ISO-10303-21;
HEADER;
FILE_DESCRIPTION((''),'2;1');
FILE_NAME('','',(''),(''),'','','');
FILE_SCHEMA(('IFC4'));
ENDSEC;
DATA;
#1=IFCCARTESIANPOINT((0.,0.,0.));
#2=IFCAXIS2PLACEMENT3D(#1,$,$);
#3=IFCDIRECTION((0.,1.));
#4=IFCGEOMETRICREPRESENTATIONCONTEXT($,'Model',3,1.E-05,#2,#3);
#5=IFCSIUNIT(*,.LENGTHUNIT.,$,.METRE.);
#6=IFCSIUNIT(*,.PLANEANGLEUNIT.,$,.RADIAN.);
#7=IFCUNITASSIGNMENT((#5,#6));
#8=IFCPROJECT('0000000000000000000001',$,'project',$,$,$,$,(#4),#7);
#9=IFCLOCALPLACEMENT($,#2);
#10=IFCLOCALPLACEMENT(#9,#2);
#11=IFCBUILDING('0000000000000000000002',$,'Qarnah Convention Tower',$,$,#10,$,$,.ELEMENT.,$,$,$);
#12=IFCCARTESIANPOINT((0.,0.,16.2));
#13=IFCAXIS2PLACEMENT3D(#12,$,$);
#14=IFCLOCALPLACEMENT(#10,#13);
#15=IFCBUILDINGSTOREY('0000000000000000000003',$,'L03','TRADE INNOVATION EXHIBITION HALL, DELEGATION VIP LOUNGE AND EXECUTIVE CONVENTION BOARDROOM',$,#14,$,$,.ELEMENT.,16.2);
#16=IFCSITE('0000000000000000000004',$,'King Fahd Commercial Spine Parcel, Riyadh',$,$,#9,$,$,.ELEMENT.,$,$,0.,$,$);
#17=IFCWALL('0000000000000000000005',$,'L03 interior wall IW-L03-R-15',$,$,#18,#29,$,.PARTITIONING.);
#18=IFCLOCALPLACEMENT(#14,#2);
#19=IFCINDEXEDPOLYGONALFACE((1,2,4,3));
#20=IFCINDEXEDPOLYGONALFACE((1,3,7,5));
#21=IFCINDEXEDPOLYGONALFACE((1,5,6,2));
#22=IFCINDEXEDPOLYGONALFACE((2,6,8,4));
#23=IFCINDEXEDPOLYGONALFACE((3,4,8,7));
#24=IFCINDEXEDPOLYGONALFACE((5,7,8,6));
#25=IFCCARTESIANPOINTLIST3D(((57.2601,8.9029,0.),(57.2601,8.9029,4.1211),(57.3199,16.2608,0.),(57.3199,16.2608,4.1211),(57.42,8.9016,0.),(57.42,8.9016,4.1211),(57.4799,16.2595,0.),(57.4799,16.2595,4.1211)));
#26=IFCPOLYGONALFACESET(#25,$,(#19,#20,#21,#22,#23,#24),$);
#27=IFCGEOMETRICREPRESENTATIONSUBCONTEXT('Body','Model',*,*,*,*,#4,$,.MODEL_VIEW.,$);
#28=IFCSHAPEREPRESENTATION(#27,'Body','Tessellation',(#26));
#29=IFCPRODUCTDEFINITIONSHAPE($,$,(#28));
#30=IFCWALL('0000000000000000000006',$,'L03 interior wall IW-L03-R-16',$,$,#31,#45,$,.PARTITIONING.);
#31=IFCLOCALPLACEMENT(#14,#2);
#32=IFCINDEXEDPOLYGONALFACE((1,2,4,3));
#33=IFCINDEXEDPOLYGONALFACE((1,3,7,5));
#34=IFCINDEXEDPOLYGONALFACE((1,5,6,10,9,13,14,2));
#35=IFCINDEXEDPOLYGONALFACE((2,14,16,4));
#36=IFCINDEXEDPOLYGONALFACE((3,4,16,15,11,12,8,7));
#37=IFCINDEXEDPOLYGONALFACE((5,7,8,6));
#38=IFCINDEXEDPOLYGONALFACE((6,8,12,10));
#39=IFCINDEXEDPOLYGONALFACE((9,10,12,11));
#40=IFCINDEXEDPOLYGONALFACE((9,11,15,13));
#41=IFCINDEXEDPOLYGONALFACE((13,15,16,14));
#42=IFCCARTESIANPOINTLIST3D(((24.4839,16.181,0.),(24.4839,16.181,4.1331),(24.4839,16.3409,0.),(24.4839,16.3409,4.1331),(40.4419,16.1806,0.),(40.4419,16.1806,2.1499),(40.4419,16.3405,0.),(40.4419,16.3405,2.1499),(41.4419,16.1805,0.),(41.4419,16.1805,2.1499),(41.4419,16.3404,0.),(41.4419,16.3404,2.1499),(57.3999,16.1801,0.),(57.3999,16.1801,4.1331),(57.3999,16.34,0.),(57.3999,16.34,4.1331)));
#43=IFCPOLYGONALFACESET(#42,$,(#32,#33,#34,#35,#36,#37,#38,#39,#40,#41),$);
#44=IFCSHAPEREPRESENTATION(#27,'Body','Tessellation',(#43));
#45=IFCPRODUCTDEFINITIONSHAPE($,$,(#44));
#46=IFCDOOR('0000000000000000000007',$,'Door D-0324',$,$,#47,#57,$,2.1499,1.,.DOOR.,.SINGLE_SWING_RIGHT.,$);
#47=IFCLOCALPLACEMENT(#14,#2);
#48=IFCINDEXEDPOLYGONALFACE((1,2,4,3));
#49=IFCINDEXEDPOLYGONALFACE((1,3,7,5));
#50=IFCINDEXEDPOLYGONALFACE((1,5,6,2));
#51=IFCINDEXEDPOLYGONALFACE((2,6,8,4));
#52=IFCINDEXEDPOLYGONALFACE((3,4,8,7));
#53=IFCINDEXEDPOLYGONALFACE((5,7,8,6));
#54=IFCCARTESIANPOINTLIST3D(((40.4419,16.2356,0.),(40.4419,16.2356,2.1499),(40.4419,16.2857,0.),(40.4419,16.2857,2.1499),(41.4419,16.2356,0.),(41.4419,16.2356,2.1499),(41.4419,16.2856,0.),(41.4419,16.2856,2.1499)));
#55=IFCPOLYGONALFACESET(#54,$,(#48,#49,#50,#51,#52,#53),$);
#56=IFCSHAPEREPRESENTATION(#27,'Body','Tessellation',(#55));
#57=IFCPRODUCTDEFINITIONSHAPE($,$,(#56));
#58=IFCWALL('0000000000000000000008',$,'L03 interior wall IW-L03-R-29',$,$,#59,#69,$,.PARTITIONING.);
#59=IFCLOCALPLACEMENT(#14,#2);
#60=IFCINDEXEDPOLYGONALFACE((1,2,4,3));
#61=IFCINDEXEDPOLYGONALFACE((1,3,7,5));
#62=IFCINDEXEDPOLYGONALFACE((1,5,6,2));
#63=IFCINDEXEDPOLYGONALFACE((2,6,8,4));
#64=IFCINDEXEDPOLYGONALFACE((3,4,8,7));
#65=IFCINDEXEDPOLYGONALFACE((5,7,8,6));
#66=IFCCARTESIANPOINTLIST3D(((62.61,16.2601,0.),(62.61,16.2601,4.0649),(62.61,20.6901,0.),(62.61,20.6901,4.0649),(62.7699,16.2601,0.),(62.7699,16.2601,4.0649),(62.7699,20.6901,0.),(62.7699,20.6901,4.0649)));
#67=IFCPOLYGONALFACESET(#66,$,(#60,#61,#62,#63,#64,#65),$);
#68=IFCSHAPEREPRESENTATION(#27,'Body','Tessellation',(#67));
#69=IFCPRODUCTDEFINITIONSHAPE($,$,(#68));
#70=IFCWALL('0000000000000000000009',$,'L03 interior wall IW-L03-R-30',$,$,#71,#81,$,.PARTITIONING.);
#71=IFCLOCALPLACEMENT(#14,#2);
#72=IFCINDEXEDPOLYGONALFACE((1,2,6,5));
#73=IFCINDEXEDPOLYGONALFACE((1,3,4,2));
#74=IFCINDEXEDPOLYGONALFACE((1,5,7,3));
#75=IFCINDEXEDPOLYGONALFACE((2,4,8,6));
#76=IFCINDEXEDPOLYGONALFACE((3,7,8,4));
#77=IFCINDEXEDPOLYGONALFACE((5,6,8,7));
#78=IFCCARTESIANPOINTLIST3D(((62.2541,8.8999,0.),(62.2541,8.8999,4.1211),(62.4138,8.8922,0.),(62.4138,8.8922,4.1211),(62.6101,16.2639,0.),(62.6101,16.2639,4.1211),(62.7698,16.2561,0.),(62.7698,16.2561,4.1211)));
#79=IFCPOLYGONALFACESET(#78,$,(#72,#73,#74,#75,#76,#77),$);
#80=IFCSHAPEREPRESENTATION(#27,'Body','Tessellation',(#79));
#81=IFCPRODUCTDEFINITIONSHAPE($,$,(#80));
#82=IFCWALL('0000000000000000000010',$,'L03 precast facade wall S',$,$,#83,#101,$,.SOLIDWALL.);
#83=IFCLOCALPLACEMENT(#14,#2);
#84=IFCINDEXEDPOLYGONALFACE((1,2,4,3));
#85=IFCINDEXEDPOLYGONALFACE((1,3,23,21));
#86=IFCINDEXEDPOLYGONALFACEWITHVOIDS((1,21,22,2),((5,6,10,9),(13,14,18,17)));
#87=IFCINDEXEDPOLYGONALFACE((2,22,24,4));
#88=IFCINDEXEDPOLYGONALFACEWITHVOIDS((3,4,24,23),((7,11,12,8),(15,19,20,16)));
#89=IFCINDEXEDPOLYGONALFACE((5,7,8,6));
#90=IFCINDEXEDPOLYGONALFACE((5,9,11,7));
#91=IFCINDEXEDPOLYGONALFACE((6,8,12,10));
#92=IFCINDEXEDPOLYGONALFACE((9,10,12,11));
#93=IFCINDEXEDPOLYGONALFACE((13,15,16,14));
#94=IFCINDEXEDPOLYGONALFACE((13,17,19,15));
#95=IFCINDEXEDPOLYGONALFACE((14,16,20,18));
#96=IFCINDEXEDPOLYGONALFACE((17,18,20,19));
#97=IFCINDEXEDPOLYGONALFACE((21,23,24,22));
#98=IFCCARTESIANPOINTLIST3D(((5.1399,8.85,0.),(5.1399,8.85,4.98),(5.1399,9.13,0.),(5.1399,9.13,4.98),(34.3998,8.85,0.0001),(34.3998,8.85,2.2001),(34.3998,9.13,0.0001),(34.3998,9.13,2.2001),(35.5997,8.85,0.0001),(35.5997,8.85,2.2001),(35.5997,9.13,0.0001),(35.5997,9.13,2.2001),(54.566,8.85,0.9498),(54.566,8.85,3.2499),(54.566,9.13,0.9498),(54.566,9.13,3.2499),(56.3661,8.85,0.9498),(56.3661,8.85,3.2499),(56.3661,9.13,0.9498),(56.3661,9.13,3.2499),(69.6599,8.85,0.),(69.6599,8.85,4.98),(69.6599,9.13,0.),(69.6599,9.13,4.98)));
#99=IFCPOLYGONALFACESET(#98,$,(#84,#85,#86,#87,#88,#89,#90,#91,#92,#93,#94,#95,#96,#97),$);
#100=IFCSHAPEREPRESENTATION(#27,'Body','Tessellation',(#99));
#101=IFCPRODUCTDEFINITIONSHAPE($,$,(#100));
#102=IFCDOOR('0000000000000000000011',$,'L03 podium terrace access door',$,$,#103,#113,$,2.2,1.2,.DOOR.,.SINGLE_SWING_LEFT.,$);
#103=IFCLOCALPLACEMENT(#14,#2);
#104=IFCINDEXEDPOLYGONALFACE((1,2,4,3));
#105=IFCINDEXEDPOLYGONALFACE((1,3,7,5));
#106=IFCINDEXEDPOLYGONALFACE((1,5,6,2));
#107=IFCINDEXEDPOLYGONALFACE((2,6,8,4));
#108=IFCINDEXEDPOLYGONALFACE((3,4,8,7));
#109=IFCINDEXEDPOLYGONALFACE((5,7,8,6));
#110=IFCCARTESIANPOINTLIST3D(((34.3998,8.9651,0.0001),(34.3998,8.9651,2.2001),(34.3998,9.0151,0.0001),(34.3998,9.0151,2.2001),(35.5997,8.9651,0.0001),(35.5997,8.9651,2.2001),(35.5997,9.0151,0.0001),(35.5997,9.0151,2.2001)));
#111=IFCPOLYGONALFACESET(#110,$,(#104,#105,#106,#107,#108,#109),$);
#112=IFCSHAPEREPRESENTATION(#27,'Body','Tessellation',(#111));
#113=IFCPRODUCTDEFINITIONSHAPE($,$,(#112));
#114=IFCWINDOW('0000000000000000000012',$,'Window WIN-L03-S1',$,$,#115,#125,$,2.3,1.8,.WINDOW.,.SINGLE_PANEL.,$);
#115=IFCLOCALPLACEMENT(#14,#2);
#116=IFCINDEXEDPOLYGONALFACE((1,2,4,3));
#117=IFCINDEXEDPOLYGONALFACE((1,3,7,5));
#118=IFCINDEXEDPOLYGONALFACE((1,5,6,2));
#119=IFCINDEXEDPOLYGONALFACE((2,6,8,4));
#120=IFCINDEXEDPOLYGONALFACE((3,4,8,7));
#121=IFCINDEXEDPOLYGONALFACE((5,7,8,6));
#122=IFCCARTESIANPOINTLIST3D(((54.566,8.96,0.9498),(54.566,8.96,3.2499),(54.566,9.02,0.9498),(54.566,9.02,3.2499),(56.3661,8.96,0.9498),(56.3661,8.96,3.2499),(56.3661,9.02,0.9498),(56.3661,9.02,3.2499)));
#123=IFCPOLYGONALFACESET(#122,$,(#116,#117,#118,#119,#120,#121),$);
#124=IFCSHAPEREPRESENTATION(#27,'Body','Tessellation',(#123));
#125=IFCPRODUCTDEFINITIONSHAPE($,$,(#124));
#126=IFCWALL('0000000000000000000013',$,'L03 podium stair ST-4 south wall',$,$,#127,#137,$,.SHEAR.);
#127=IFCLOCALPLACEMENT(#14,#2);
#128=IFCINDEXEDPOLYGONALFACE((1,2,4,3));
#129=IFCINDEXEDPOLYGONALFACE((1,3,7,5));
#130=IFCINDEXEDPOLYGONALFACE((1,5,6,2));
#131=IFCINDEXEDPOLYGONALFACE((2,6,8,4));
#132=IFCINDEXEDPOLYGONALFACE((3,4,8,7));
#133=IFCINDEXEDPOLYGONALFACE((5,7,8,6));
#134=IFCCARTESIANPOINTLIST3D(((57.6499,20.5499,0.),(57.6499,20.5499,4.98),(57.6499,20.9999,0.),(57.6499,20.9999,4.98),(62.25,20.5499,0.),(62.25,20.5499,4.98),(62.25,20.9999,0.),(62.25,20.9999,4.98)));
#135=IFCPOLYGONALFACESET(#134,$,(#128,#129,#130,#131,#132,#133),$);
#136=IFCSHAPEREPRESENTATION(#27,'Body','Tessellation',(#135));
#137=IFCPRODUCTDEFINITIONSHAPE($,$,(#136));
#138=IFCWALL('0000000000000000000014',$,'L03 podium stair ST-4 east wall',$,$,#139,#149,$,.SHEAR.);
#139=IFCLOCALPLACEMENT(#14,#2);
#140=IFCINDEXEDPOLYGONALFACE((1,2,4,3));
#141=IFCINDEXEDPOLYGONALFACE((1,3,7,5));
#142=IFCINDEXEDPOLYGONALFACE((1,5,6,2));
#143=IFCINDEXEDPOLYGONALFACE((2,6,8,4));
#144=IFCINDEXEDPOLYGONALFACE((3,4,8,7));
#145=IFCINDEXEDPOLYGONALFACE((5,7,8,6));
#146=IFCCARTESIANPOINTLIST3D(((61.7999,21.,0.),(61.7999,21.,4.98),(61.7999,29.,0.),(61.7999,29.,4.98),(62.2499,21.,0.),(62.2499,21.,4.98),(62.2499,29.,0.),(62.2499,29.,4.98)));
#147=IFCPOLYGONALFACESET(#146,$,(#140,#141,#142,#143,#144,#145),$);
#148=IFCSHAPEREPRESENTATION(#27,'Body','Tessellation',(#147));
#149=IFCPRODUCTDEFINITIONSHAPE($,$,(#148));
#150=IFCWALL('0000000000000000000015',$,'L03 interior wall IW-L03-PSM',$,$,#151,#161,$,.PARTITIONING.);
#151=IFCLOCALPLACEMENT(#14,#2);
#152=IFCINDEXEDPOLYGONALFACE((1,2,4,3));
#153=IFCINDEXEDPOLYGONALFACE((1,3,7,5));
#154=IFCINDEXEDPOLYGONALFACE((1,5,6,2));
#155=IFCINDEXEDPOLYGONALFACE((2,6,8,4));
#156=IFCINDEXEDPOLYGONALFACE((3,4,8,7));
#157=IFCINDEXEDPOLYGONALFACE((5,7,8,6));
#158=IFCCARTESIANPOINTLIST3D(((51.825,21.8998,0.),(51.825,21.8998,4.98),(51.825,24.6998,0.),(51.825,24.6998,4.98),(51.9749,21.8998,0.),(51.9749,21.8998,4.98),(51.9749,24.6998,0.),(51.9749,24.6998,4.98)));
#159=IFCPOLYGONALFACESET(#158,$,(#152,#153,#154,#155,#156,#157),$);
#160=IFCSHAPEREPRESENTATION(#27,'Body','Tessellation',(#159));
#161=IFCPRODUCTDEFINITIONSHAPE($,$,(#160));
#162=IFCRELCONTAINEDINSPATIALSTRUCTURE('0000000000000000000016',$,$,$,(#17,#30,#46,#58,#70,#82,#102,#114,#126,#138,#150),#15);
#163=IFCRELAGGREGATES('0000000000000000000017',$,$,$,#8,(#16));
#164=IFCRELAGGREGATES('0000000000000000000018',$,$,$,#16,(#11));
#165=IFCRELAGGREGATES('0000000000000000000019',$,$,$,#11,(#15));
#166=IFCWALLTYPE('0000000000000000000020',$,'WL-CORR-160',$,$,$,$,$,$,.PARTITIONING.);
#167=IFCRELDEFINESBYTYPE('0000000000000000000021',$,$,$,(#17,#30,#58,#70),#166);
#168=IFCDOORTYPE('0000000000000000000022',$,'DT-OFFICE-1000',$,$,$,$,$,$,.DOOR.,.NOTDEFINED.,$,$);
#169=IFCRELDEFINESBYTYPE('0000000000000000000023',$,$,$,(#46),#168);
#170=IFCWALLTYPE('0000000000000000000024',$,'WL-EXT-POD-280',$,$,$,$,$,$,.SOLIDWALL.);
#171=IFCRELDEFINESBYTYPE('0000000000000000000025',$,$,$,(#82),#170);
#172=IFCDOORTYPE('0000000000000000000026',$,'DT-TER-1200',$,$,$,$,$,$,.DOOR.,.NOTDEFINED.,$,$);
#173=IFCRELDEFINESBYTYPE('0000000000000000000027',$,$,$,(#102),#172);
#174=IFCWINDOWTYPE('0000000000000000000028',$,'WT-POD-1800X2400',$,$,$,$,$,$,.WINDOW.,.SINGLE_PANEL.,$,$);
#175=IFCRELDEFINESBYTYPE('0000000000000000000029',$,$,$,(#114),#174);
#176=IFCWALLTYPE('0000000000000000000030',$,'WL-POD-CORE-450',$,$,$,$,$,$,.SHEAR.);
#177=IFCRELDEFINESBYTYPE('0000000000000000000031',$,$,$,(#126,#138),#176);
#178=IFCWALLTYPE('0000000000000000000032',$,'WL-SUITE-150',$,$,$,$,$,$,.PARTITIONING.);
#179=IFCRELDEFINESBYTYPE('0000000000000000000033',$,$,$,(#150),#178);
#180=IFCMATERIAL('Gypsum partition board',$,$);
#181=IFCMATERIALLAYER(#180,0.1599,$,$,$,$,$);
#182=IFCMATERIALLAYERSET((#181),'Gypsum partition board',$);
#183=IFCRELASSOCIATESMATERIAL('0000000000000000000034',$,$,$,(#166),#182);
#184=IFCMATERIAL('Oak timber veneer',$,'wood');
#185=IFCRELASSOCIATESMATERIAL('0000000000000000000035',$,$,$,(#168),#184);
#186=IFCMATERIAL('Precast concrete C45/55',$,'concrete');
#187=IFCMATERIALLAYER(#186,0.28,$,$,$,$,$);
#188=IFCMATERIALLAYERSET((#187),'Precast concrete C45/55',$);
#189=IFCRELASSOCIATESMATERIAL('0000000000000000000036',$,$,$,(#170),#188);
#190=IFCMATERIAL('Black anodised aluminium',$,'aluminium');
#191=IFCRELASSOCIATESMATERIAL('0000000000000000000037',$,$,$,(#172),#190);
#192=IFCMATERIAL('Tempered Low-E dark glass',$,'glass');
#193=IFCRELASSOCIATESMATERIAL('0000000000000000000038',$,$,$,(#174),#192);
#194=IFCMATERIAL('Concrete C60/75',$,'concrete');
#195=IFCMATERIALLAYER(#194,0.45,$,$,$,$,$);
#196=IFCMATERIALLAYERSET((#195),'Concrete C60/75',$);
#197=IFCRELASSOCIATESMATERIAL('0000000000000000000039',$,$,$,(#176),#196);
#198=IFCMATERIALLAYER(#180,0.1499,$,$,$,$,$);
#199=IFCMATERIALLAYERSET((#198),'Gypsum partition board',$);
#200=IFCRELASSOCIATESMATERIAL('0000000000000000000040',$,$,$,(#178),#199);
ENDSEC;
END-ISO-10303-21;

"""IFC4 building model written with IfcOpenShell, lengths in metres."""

from ifc_helpers import new_model, si_unit, direction, frame, frame_2d, origin, place, context, subcontext, project, spatial, rectangle, extrude, material, layer, layer_set, type_object, element, fill, save


model = new_model("IFC4")

# Units and contexts
model_context = context("Model", 3, precision=1e-05, world=origin(), true_north=direction((0.0, 1.0)))
body_context = subcontext(model_context, "Body", "Model", "MODEL_VIEW")
ifc_project = project(units=[si_unit("LENGTHUNIT", "METRE"), si_unit("PLANEANGLEUNIT", "RADIAN")], contexts=[model_context])

# Site, building, storey
site_placement = place(None, origin())
site = spatial("IfcSite", under=ifc_project, at=site_placement, Name="King Fahd Commercial Spine Parcel, Riyadh", CompositionType="ELEMENT", RefElevation=0.0)
building_placement = place(site_placement, origin())
building = spatial("IfcBuilding", under=site, at=building_placement, Name="Qarnah Convention Tower", CompositionType="ELEMENT")
storey_placement = place(building_placement, frame((0.0, 0.0, 16.2)))
storey = spatial("IfcBuildingStorey", under=building, at=storey_placement, Name="L03", Description="TRADE INNOVATION EXHIBITION HALL, DELEGATION VIP LOUNGE AND EXECUTIVE CONVENTION BOARDROOM", CompositionType="ELEMENT", Elevation=16.2)

# Shared definitions
ifc_material_1 = material(Name="Concrete C60/75", Category="concrete")

# Wall
ifc_material_2 = material(Name="Gypsum partition board")
ifc_layer_1 = layer(ifc_material_2, 0.1599)
ifc_layer_set_1 = layer_set([ifc_layer_1], Name="Gypsum partition board")
wall_type_1 = type_object("IfcWallType", Name="WL-CORR-160", PredefinedType="PARTITIONING", material=ifc_layer_set_1)
wall_1_placement = place(storey_placement, frame((57.3401, 8.9021, 0.0), z_axis=(0.0, 0.0, 1.0), x_axis=(0.008129, 0.999967, 0.0)))
element("IfcWall", 1, at=wall_1_placement, inside=storey, type_object=wall_type_1, Name="L03 interior wall IW-L03-R-15", PredefinedType="PARTITIONING", context=body_context, shape_type="SweptSolid", body=[
    extrude(rectangle(XDim=7.3582, YDim=0.1599, at=frame_2d((3.6792, 0.0))), origin(), (0.0, 0.0, 1.0), 4.1211),
])

# Wall, opening, door
wall_2_placement = place(storey_placement, frame((57.3999, 16.26, 0.0), z_axis=(0.0, 0.0, 1.0), x_axis=(-1.0, 0.00003, 0.0)))
wall_2 = element("IfcWall", 2, at=wall_2_placement, inside=storey, type_object=wall_type_1, Name="L03 interior wall IW-L03-R-16", PredefinedType="PARTITIONING", context=body_context, shape_type="SweptSolid", body=[
    extrude(rectangle(XDim=32.916, YDim=0.1599, at=frame_2d((16.458, 0.0))), origin(), (0.0, 0.0, 1.0), 4.1331),
])
opening_1_placement = place(wall_2_placement, frame((15.958, 0.0, 0.0)))
opening_1 = element("IfcOpeningElement", 3, at=opening_1_placement, cuts=wall_2, PredefinedType="OPENING", context=body_context, shape_type="SweptSolid", body=[
    extrude(rectangle(XDim=1.0, YDim=2.1499, at=frame_2d((0.5, 1.075))), frame((0.0, 0.0898, 0.0), z_axis=(0.0, -1.0, 0.0), x_axis=(1.0, 0.0, 0.0)), (0.0, 0.0, 1.0), 0.1799),
])
ifc_material_3 = material(Name="Oak timber veneer", Category="wood")
door_type_1 = type_object("IfcDoorType", Name="DT-OFFICE-1000", OperationType="NOTDEFINED", PredefinedType="DOOR", material=ifc_material_3)
door_1_placement = place(opening_1_placement, origin())
door_1 = element("IfcDoor", 4, at=door_1_placement, inside=storey, type_object=door_type_1, Name="Door D-0324", OperationType="SINGLE_SWING_RIGHT", OverallHeight=2.1499, OverallWidth=1.0, PredefinedType="DOOR", context=body_context, shape_type="SweptSolid", body=[
    extrude(rectangle(XDim=1.0, YDim=2.1499, at=frame_2d((0.5, 1.075))), frame((0.0, 0.0249, 0.0), z_axis=(0.0, -1.0, 0.0), x_axis=(1.0, 0.0, 0.0)), (0.0, 0.0, 1.0), 0.05),
])
fill(opening_1, door_1)

# Walls
wall_3_placement = place(storey_placement, frame((62.6899, 20.6899, 0.0), z_axis=(0.0, 0.0, 1.0), x_axis=(0.0, -1.0, 0.0)))
element("IfcWall", 5, at=wall_3_placement, inside=storey, type_object=wall_type_1, Name="L03 interior wall IW-L03-R-29", PredefinedType="PARTITIONING", context=body_context, shape_type="SweptSolid", body=[
    extrude(rectangle(XDim=4.4299, YDim=0.1599, at=frame_2d((2.2148, 0.0))), origin(), (0.0, 0.0, 1.0), 4.0649),
])
wall_4_placement = place(storey_placement, frame((62.6899, 16.26, 0.0), z_axis=(0.0, 0.0, 1.0), x_axis=(-0.048281, -0.998834, 0.0)))
element("IfcWall", 6, at=wall_4_placement, inside=storey, type_object=wall_type_1, Name="L03 interior wall IW-L03-R-30", PredefinedType="PARTITIONING", context=body_context, shape_type="SweptSolid", body=[
    extrude(rectangle(XDim=7.3726, YDim=0.1599, at=frame_2d((3.6863, 0.0))), origin(), (0.0, 0.0, 1.0), 4.1211),
])

# Wall, openings, door, window
ifc_material_4 = material(Name="Precast concrete C45/55", Category="concrete")
ifc_layer_2 = layer(ifc_material_4, 0.28)
ifc_layer_set_2 = layer_set([ifc_layer_2], Name="Precast concrete C45/55")
wall_type_2 = type_object("IfcWallType", Name="WL-EXT-POD-280", PredefinedType="SOLIDWALL", material=ifc_layer_set_2)
wall_5_placement = place(storey_placement, frame((69.6599, 8.99, 0.0), z_axis=(0.0, 0.0, 1.0), x_axis=(-1.0, 0.0, 0.0)))
wall_5 = element("IfcWall", 7, at=wall_5_placement, inside=storey, type_object=wall_type_2, Name="L03 precast facade wall S", PredefinedType="SOLIDWALL", context=body_context, shape_type="SweptSolid", body=[
    extrude(rectangle(XDim=64.52, YDim=0.28, at=frame_2d((32.26, 0.0))), origin(), (0.0, 0.0, 1.0), 4.98),
])
opening_2_placement = place(wall_5_placement, frame((13.2939, 0.0, 0.95)))
opening_2 = element("IfcOpeningElement", 8, at=opening_2_placement, cuts=wall_5, PredefinedType="OPENING", context=body_context, shape_type="SweptSolid", body=[
    extrude(rectangle(XDim=1.8, YDim=2.3, at=frame_2d((0.8999, 1.1499))), frame((0.0, 0.1499, 0.0), z_axis=(0.0, -1.0, 0.0), x_axis=(1.0, 0.0, 0.0)), (0.0, 0.0, 1.0), 0.3),
])
opening_3_placement = place(wall_5_placement, frame((34.0601, 0.0, 0.0)))
opening_3 = element("IfcOpeningElement", 9, at=opening_3_placement, cuts=wall_5, PredefinedType="OPENING", context=body_context, shape_type="SweptSolid", body=[
    extrude(rectangle(XDim=1.2, YDim=2.2, at=frame_2d((0.6001, 1.1001))), frame((0.0, 0.1499, 0.0), z_axis=(0.0, -1.0, 0.0), x_axis=(1.0, 0.0, 0.0)), (0.0, 0.0, 1.0), 0.3),
])
ifc_material_5 = material(Name="Black anodised aluminium", Category="aluminium")
door_type_2 = type_object("IfcDoorType", Name="DT-TER-1200", OperationType="NOTDEFINED", PredefinedType="DOOR", material=ifc_material_5)
door_2_placement = place(opening_3_placement, origin())
door_2 = element("IfcDoor", 10, at=door_2_placement, inside=storey, type_object=door_type_2, Name="L03 podium terrace access door", OperationType="SINGLE_SWING_LEFT", OverallHeight=2.2, OverallWidth=1.2, PredefinedType="DOOR", context=body_context, shape_type="SweptSolid", body=[
    extrude(rectangle(XDim=1.2, YDim=2.2, at=frame_2d((0.6001, 1.1001))), frame((0.0, 0.0249, 0.0), z_axis=(0.0, -1.0, 0.0), x_axis=(1.0, 0.0, 0.0)), (0.0, 0.0, 1.0), 0.05),
])
fill(opening_3, door_2)
ifc_material_6 = material(Name="Tempered Low-E dark glass", Category="glass")
window_type = type_object("IfcWindowType", Name="WT-POD-1800X2400", PartitioningType="SINGLE_PANEL", PredefinedType="WINDOW", material=ifc_material_6)
window_placement = place(opening_2_placement, origin())
window = element("IfcWindow", 11, at=window_placement, inside=storey, type_object=window_type, Name="Window WIN-L03-S1", OverallHeight=2.3, OverallWidth=1.8, PartitioningType="SINGLE_PANEL", PredefinedType="WINDOW", context=body_context, shape_type="SweptSolid", body=[
    extrude(rectangle(XDim=1.8, YDim=2.3, at=frame_2d((0.8999, 1.1499))), frame((0.0, 0.03, 0.0), z_axis=(0.0, -1.0, 0.0), x_axis=(1.0, 0.0, 0.0)), (0.0, 0.0, 1.0), 0.0601),
])
fill(opening_2, window)

# Wall
ifc_layer_3 = layer(ifc_material_1, 0.45)
ifc_layer_set_3 = layer_set([ifc_layer_3], Name="Concrete C60/75")
wall_type_3 = type_object("IfcWallType", Name="WL-POD-CORE-450", PredefinedType="SHEAR", material=ifc_layer_set_3)
wall_6_placement = place(storey_placement, frame((57.6499, 20.7749, 0.0), z_axis=(0.0, 0.0, 1.0), x_axis=(1.0, 0.0, 0.0)))
element("IfcWall", 12, at=wall_6_placement, inside=storey, type_object=wall_type_3, Name="L03 podium stair ST-4 south wall", PredefinedType="SHEAR", context=body_context, shape_type="SweptSolid", body=[
    extrude(rectangle(XDim=4.6001, YDim=0.45, at=frame_2d((2.3, 0.0))), origin(), (0.0, 0.0, 1.0), 4.98),
])

# Walls
wall_7_placement = place(storey_placement, frame((62.0249, 21.0, 0.0), z_axis=(0.0, 0.0, 1.0), x_axis=(0.0, 1.0, 0.0)))
element("IfcWall", 13, at=wall_7_placement, inside=storey, type_object=wall_type_3, Name="L03 podium stair ST-4 east wall", PredefinedType="SHEAR", context=body_context, shape_type="SweptSolid", body=[
    extrude(rectangle(XDim=8.0, YDim=0.45, at=frame_2d((4.0, 0.0))), origin(), (0.0, 0.0, 1.0), 4.98),
])
ifc_layer_4 = layer(ifc_material_2, 0.1499)
ifc_layer_set_4 = layer_set([ifc_layer_4], Name="Gypsum partition board")
wall_type_4 = type_object("IfcWallType", Name="WL-SUITE-150", PredefinedType="PARTITIONING", material=ifc_layer_set_4)
wall_8_placement = place(storey_placement, frame((51.8999, 21.8999, 0.0), z_axis=(0.0, 0.0, 1.0), x_axis=(0.0, 1.0, 0.0)))
element("IfcWall", 14, at=wall_8_placement, inside=storey, type_object=wall_type_4, Name="L03 interior wall IW-L03-PSM", PredefinedType="PARTITIONING", context=body_context, shape_type="SweptSolid", body=[
    extrude(rectangle(XDim=2.8, YDim=0.1499, at=frame_2d((1.3999, 0.0))), origin(), (0.0, 0.0, 1.0), 4.98),
])

save(model, "model.ifc")
